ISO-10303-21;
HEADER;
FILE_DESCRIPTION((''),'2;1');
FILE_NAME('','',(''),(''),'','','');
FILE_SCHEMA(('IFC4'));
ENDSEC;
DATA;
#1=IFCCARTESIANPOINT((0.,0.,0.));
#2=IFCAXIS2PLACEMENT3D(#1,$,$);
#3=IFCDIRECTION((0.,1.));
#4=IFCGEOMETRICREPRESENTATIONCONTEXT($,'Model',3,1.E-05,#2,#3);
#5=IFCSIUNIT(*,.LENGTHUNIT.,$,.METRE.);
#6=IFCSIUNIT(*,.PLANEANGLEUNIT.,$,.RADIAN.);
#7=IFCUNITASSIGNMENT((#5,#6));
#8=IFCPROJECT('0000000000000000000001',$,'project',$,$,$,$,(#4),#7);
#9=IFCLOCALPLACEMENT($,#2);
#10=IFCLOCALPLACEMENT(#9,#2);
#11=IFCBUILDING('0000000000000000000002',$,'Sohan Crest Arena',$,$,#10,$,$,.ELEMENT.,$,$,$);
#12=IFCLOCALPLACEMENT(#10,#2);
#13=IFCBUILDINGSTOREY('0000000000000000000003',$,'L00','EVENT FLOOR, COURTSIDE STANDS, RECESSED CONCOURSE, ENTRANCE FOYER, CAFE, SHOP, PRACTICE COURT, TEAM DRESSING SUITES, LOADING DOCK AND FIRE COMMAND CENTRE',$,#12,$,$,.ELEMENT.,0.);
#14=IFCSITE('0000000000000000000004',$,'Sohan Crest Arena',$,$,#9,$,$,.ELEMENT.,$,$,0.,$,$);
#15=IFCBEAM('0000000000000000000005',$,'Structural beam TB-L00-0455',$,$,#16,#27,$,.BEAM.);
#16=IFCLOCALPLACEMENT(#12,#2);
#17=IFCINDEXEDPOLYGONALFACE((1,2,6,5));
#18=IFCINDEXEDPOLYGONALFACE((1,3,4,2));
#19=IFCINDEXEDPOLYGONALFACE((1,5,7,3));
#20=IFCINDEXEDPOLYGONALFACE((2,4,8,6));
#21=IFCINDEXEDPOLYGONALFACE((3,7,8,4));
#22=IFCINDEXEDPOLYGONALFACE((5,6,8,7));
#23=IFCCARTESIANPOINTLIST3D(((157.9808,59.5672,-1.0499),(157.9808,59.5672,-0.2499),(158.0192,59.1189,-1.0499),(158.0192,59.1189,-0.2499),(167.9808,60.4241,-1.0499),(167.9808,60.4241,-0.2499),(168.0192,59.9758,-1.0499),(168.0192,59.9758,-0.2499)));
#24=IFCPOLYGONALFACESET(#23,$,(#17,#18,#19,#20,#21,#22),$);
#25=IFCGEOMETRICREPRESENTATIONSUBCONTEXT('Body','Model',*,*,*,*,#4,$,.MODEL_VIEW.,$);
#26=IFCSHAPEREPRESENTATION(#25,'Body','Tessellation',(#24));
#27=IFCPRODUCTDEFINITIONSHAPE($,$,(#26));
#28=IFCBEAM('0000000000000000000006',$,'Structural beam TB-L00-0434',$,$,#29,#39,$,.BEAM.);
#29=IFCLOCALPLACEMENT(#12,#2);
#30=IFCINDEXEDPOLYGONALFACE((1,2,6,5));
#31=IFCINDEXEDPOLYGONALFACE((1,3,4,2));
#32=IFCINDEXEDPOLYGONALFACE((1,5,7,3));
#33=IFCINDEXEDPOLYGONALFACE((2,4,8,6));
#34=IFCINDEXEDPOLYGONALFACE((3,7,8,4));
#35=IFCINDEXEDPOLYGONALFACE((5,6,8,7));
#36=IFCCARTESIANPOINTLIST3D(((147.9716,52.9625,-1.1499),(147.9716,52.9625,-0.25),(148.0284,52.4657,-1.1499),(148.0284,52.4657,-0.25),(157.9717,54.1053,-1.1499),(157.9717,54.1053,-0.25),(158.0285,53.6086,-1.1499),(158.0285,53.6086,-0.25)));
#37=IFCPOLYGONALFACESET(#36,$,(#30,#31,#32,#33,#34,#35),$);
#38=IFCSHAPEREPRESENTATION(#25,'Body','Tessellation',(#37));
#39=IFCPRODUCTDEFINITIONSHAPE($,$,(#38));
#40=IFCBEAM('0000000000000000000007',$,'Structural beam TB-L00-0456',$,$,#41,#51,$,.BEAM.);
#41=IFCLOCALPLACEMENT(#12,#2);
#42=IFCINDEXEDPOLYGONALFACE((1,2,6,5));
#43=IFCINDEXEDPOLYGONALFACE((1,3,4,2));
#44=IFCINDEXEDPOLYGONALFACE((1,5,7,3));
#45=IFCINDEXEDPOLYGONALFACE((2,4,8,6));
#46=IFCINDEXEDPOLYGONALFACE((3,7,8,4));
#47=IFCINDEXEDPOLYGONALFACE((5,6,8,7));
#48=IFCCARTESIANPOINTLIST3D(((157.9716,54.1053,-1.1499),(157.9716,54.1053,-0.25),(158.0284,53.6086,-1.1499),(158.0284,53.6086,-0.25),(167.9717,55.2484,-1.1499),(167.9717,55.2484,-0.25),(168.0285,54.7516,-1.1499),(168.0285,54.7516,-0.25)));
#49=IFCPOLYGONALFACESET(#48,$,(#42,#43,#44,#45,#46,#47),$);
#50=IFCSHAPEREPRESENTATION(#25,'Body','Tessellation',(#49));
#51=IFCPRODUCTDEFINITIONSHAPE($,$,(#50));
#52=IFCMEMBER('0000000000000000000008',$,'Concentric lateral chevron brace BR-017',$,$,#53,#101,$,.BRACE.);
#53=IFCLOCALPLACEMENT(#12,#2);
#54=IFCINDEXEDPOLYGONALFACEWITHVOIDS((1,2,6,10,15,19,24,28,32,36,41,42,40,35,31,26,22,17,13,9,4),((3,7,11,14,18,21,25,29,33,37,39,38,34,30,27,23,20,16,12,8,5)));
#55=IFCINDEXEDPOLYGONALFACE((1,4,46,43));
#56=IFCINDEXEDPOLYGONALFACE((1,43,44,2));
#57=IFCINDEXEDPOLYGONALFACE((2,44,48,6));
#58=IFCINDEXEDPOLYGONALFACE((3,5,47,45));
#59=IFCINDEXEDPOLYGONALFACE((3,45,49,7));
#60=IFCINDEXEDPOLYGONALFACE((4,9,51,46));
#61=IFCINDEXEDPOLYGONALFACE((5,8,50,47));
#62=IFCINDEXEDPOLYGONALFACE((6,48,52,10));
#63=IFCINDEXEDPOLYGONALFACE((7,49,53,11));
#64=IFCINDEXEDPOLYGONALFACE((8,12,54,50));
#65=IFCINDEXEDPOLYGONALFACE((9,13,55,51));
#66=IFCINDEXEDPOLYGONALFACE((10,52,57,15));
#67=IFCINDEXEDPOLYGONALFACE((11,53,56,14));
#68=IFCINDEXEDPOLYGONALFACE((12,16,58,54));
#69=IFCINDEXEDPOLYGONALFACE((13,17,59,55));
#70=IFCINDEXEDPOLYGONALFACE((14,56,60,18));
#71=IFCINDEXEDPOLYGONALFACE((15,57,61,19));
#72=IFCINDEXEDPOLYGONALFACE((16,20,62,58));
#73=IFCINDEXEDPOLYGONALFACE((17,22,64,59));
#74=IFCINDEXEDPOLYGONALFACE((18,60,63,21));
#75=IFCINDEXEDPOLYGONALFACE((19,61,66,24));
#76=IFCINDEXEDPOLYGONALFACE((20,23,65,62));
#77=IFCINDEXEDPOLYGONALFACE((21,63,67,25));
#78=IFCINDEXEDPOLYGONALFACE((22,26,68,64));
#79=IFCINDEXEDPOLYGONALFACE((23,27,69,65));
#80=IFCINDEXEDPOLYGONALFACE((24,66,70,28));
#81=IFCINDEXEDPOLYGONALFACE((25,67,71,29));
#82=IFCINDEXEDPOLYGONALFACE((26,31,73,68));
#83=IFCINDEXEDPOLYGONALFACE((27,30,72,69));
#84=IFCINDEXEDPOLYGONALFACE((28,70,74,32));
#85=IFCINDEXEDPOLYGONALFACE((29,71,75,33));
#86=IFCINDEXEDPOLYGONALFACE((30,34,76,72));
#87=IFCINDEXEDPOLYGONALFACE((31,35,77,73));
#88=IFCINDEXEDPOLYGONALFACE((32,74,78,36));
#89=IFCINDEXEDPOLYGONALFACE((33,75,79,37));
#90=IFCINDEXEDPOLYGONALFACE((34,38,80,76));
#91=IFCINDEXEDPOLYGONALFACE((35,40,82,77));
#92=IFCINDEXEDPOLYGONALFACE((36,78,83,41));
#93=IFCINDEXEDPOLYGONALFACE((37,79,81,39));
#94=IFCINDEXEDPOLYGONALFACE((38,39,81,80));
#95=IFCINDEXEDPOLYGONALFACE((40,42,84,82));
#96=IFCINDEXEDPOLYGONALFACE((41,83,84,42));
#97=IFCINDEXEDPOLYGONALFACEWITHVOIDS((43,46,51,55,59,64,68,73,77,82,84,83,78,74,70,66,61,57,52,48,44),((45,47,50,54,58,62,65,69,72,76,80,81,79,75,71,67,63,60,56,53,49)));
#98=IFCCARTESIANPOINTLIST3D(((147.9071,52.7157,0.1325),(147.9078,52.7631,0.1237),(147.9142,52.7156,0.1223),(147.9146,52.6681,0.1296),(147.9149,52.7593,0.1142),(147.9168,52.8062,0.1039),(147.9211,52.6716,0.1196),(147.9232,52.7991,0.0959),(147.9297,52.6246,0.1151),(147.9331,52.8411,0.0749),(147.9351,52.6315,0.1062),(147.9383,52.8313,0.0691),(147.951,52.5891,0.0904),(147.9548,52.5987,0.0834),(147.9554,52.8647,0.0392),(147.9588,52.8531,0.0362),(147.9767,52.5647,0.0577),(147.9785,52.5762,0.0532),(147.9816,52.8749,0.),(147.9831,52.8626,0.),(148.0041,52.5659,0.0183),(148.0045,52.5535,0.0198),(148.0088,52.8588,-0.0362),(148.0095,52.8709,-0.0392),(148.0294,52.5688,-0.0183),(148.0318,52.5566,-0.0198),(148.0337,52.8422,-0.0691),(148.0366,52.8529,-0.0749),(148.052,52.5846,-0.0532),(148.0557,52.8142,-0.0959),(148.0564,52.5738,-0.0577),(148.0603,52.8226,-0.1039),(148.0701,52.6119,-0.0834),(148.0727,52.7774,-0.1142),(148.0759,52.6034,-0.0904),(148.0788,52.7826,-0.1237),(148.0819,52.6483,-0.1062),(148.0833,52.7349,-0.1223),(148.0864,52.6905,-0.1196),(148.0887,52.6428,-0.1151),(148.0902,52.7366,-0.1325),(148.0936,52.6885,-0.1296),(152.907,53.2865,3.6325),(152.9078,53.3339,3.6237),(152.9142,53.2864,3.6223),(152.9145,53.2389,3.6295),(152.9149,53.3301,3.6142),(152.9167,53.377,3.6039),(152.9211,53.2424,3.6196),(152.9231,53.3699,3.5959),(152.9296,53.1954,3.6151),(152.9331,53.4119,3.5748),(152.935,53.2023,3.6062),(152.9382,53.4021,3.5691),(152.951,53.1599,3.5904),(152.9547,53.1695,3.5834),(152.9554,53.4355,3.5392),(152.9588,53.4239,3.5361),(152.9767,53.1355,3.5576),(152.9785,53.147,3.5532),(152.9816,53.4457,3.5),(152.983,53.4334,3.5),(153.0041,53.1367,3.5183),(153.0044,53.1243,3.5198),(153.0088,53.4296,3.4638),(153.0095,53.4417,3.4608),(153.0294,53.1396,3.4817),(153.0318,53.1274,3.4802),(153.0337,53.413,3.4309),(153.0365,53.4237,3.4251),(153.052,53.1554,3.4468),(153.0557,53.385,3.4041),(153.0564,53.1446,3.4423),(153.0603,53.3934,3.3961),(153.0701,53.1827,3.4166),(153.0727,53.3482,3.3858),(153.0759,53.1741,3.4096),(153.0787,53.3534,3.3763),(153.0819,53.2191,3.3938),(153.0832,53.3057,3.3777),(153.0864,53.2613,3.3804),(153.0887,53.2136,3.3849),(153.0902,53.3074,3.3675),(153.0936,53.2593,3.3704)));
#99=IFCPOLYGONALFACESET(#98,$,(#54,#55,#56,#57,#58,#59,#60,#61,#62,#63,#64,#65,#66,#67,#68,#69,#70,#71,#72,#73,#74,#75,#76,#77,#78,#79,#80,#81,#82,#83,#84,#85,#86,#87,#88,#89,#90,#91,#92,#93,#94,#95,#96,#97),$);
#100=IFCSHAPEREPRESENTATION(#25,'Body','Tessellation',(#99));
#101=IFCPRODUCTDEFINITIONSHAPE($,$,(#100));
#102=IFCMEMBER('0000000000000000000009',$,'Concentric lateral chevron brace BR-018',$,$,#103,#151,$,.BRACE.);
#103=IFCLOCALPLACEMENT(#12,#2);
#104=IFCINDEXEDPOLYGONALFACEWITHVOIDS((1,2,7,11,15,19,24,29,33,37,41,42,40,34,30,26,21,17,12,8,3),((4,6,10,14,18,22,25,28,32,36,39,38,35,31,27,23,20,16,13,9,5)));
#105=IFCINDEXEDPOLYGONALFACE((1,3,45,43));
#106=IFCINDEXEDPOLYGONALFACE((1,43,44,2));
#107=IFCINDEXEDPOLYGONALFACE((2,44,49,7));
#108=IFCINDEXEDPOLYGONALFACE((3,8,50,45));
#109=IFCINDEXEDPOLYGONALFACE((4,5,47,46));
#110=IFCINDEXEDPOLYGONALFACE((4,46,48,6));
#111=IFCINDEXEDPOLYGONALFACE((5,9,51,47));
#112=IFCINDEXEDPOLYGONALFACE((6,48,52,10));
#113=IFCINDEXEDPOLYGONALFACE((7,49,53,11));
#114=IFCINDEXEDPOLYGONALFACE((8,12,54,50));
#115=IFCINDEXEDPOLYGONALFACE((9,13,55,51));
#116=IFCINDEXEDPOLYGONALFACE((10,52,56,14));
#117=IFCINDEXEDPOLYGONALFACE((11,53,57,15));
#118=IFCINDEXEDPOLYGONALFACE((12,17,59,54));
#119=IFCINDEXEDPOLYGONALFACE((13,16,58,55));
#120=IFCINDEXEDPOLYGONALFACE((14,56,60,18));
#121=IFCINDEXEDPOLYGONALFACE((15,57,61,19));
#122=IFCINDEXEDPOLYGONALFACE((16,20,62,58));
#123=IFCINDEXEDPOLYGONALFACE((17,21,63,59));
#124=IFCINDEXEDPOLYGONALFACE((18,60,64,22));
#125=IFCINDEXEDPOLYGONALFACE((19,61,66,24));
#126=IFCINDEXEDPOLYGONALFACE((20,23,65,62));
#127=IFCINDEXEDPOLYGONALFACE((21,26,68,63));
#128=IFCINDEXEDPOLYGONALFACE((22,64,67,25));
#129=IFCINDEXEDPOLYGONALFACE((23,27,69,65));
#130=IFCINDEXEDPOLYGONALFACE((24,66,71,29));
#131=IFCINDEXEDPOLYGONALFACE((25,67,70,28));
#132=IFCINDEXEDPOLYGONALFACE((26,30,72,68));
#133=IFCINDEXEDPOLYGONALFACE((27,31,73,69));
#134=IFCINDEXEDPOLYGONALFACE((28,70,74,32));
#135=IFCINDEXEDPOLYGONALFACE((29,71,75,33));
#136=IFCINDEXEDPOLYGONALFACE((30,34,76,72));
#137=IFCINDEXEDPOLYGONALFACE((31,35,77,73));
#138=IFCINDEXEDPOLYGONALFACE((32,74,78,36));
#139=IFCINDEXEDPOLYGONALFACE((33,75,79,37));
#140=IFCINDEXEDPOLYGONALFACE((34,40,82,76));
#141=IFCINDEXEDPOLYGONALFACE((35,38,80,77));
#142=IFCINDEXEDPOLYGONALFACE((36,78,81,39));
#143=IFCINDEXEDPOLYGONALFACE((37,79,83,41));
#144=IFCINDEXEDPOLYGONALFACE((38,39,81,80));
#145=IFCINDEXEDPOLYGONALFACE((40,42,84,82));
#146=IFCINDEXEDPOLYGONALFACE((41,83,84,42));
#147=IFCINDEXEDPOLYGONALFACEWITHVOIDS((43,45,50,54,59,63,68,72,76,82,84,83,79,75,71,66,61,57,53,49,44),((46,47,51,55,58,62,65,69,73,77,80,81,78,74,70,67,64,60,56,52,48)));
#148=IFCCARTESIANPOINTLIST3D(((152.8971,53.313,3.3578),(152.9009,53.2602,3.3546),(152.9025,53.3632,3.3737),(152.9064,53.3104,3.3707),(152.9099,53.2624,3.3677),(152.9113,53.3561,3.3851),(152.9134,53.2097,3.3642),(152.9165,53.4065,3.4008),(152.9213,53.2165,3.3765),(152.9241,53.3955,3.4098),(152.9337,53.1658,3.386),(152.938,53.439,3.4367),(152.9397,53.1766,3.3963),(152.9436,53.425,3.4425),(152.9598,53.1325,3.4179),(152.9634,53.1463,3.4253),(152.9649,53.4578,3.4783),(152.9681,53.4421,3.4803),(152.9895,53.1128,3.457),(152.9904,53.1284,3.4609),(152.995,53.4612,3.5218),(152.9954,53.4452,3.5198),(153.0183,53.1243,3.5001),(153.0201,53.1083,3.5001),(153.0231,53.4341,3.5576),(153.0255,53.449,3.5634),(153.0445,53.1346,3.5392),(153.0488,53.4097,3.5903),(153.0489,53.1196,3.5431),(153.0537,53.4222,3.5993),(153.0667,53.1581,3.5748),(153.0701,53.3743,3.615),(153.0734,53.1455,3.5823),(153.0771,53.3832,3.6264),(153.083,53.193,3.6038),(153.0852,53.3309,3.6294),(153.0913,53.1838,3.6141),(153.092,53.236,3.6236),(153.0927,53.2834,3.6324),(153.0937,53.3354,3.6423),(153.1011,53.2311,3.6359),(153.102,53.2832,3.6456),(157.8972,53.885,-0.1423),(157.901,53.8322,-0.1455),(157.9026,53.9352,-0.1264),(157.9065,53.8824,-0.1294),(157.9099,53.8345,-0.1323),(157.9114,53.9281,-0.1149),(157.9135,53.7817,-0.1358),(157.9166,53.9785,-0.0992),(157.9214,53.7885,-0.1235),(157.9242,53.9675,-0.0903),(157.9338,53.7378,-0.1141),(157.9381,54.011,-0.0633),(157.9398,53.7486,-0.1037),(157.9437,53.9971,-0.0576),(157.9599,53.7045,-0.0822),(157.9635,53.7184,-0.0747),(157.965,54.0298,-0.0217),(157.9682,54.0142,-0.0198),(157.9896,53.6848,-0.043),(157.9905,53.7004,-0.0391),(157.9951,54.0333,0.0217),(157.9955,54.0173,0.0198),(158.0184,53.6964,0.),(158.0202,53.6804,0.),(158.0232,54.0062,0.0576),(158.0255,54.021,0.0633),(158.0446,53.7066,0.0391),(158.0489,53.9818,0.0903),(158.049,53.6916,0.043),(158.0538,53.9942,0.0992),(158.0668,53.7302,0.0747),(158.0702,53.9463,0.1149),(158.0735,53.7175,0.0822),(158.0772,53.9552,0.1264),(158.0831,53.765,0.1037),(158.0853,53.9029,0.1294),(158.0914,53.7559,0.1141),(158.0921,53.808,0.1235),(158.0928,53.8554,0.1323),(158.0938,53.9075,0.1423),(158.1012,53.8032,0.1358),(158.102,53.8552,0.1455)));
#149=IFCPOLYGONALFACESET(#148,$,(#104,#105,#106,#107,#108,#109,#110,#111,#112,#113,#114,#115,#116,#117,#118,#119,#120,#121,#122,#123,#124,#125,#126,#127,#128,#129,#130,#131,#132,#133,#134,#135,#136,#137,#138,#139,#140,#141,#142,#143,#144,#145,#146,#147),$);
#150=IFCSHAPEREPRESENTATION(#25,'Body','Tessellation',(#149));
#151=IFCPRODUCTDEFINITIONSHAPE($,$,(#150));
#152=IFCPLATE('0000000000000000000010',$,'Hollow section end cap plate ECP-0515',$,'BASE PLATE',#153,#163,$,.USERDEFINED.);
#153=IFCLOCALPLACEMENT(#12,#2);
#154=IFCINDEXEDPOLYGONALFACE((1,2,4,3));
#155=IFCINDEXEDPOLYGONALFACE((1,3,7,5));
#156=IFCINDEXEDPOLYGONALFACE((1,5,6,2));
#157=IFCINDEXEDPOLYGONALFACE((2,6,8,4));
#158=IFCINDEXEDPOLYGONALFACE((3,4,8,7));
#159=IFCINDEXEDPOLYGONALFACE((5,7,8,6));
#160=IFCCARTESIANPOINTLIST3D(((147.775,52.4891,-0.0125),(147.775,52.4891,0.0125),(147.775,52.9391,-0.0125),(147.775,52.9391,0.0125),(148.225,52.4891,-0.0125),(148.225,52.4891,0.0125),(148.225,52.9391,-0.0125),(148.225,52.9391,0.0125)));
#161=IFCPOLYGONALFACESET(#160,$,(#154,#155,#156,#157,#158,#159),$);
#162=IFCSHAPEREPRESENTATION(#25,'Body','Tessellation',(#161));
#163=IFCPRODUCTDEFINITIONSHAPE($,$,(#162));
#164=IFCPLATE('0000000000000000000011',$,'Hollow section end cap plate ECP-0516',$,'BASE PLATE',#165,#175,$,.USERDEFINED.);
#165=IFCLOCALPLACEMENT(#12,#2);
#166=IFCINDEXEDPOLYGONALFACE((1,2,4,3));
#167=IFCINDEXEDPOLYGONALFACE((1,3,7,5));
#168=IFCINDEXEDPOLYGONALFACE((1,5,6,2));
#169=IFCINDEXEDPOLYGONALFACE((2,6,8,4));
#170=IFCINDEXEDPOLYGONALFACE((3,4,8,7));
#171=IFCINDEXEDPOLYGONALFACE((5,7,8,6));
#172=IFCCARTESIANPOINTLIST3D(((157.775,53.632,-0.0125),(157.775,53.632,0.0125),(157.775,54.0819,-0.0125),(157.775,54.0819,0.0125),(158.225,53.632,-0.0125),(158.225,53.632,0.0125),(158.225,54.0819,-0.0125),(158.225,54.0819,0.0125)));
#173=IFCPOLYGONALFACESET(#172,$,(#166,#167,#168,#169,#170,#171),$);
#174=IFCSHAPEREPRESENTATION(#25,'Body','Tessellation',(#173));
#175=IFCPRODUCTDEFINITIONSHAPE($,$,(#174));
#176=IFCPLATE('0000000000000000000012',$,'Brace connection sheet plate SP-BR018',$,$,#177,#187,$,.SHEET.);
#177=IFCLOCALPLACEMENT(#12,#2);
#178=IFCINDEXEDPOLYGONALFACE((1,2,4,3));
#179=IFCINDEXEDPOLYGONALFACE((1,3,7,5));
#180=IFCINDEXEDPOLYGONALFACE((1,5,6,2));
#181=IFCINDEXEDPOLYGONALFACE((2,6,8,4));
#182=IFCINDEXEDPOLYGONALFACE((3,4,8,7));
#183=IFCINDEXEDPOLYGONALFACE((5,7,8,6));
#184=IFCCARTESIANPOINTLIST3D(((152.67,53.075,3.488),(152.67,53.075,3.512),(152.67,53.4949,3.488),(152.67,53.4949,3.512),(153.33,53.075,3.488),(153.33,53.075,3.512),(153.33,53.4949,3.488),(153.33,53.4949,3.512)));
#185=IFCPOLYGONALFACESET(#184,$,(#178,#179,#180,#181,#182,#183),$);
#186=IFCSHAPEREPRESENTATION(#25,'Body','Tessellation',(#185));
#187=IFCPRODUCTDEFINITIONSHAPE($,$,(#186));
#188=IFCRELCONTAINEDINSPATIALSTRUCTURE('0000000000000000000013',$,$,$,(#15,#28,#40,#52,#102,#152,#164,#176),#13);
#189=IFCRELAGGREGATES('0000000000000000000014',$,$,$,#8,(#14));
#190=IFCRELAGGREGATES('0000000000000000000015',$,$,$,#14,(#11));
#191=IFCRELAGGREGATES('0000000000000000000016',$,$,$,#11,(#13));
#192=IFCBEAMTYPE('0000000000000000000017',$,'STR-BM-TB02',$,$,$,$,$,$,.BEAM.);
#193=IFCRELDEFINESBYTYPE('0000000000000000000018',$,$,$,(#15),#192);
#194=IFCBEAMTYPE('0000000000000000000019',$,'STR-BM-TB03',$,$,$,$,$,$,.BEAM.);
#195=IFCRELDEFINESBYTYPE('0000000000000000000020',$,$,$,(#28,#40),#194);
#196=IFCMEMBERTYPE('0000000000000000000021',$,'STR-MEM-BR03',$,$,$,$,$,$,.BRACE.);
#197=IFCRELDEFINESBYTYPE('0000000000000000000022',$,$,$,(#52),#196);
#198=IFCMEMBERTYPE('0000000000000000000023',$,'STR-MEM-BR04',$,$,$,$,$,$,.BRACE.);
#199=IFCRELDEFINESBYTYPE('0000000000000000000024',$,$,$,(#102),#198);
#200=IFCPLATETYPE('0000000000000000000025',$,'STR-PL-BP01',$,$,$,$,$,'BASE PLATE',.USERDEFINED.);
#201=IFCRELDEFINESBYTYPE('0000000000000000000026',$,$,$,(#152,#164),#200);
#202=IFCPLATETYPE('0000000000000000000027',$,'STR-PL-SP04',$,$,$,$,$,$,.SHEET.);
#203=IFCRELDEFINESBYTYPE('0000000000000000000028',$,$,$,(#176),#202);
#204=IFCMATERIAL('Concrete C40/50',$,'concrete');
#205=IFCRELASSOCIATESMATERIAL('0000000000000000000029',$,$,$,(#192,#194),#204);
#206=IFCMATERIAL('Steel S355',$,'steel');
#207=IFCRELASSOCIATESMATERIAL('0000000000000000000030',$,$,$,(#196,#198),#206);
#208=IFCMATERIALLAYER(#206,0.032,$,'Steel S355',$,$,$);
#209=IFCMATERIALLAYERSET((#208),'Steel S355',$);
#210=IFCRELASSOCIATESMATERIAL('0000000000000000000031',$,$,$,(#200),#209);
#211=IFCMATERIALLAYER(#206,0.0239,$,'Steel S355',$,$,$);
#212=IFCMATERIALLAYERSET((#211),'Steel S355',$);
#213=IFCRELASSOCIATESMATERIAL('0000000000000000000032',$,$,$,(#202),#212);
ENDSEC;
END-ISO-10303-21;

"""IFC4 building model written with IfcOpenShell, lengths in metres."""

from ifc_helpers import new_model, si_unit, direction, frame, origin, origin_2d, place, context, subcontext, project, spatial, rectangle, hollow_circle, extrude, material, layer, layer_set, material_profile, profile_set, type_object, element, save


model = new_model("IFC4")

# Units and contexts
model_context = context("Model", 3, precision=1e-05, world=origin(), true_north=direction((0.0, 1.0)))
body_context = subcontext(model_context, "Body", "Model", "MODEL_VIEW")
ifc_project = project(units=[si_unit("LENGTHUNIT", "METRE"), si_unit("PLANEANGLEUNIT", "RADIAN")], contexts=[model_context])

# Site, building, storey
site_placement = place(None, origin())
site = spatial("IfcSite", under=ifc_project, at=site_placement, Name="Sohan Crest Arena", CompositionType="ELEMENT", RefElevation=0.0)
building_placement = place(site_placement, origin())
building = spatial("IfcBuilding", under=site, at=building_placement, Name="Sohan Crest Arena", CompositionType="ELEMENT")
storey_placement = place(building_placement, origin())
storey = spatial("IfcBuildingStorey", under=building, at=storey_placement, Name="L00", Description="EVENT FLOOR, COURTSIDE STANDS, RECESSED CONCOURSE, ENTRANCE FOYER, CAFE, SHOP, PRACTICE COURT, TEAM DRESSING SUITES, LOADING DOCK AND FIRE COMMAND CENTRE", CompositionType="ELEMENT", Elevation=0.0)

# Shared definitions
ifc_material_1 = material(Name="Concrete C40/50", Category="concrete")
ifc_material_2 = material(Name="Steel S355", Category="steel")

# Beams
ifc_material_profile_1 = material_profile(ifc_material_1, rectangle(XDim=0.45, YDim=0.8, at=origin_2d()), Name="RC-BM 450x800")
ifc_profile_set_1 = profile_set([ifc_material_profile_1], Name="Concrete C40/50")
beam_type_1 = type_object("IfcBeamType", Name="STR-BM-TB02", PredefinedType="BEAM", material=ifc_profile_set_1)
beam_1_placement = place(storey_placement, frame((158.0, 59.343, -0.6499), z_axis=(0.996348, 0.08538, 0.0), x_axis=(-0.08538, 0.996348, 0.0)))
element("IfcBeam", 1, at=beam_1_placement, inside=storey, type_object=beam_type_1, Name="Structural beam TB-L00-0455", PredefinedType="BEAM", context=body_context, shape_type="SweptSolid", body=[
    extrude(rectangle(XDim=0.45, YDim=0.8, at=origin_2d()), origin(), (0.0, 0.0, 1.0), 10.0366),
])
ifc_material_profile_2 = material_profile(ifc_material_1, rectangle(XDim=0.5, YDim=0.8999, at=origin_2d()), Name="RC-BM 500x900")
ifc_profile_set_2 = profile_set([ifc_material_profile_2], Name="Concrete C40/50")
beam_type_2 = type_object("IfcBeamType", Name="STR-BM-TB03", PredefinedType="BEAM", material=ifc_profile_set_2)
for number, where, z_axis, x_axis, name in (
    (2, (148.0, 52.7141, -0.7), (0.993533, 0.113543, 0.0), (-0.113543, 0.993533, 0.0), "Structural beam TB-L00-0434"),
    (3, (158.0, 53.8569, -0.7), (0.99353, 0.113567, 0.0), (-0.113567, 0.99353, 0.0), "Structural beam TB-L00-0456"),
):
    element("IfcBeam", number, at=place(storey_placement, frame(where, z_axis=z_axis, x_axis=x_axis)), inside=storey, type_object=beam_type_2, Name=name, PredefinedType="BEAM", context=body_context, shape_type="SweptSolid", body=[
        extrude(rectangle(XDim=0.5, YDim=0.8999, at=origin_2d()), origin(), (0.0, 0.0, 1.0), 10.0652),
    ])

# Members
ifc_material_profile_3 = material_profile(ifc_material_2, hollow_circle(Radius=0.1619, WallThickness=0.0125, at=origin_2d()), Name="CHS 323.9x12.5")
ifc_profile_set_3 = profile_set([ifc_material_profile_3], Name="Steel S355")
member_type_1 = type_object("IfcMemberType", Name="STR-MEM-BR03", PredefinedType="BRACE", material=ifc_profile_set_3)
member_1_placement = place(storey_placement, frame((148.0, 52.7141, 0.0), z_axis=(0.815672, 0.093117, 0.570971), x_axis=(-0.113423, 0.993547, 0.0)))
element("IfcMember", 4, at=member_1_placement, inside=storey, type_object=member_type_1, Name="Concentric lateral chevron brace BR-017", PredefinedType="BRACE", context=body_context, shape_type="SweptSolid", body=[
    extrude(hollow_circle(Radius=0.1619, WallThickness=0.0125, at=origin_2d()), origin(), (0.0, 0.0, 1.0), 6.1299),
])
ifc_material_profile_4 = material_profile(ifc_material_2, hollow_circle(Radius=0.1777, WallThickness=0.0161, at=origin_2d()), Name="CHS 355.6x16")
ifc_profile_set_4 = profile_set([ifc_material_profile_4], Name="Steel S355")
member_type_2 = type_object("IfcMemberType", Name="STR-MEM-BR04", PredefinedType="BRACE", material=ifc_profile_set_4)
member_2_placement = place(storey_placement, frame((158.0, 53.8569, 0.0), z_axis=(-0.815657, -0.093315, 0.57096), x_axis=(0.113663, -0.993519, 0.0)))
element("IfcMember", 5, at=member_2_placement, inside=storey, type_object=member_type_2, Name="Concentric lateral chevron brace BR-018", PredefinedType="BRACE", context=body_context, shape_type="SweptSolid", body=[
    extrude(hollow_circle(Radius=0.1777, WallThickness=0.0161, at=origin_2d()), origin(), (0.0, 0.0, 1.0), 6.1301),
])

# Plates
ifc_layer_1 = layer(ifc_material_2, 0.032, Name="Steel S355")
ifc_layer_set_1 = layer_set([ifc_layer_1], Name="Steel S355")
plate_type_1 = type_object("IfcPlateType", Name="STR-PL-BP01", ElementType="BASE PLATE", PredefinedType="USERDEFINED", material=ifc_layer_set_1)
for number, where, z_axis, x_axis, name in (
    (6, (148.0, 52.7141, -0.0125), (0.0, 0.0, 1.0), (1.0, 0.0, 0.0), "Hollow section end cap plate ECP-0515"),
    (7, (158.0, 53.8569, -0.0125), (0.0, 0.0, 1.0), (1.0, 0.0, 0.0), "Hollow section end cap plate ECP-0516"),
):
    element("IfcPlate", number, at=place(storey_placement, frame(where, z_axis=z_axis, x_axis=x_axis)), inside=storey, type_object=plate_type_1, Name=name, ObjectType="BASE PLATE", PredefinedType="USERDEFINED", context=body_context, shape_type="SweptSolid", body=[
        extrude(rectangle(XDim=0.45, YDim=0.45, at=origin_2d()), origin(), (0.0, 0.0, 1.0), 0.0249),
    ])
ifc_layer_2 = layer(ifc_material_2, 0.0239, Name="Steel S355")
ifc_layer_set_2 = layer_set([ifc_layer_2], Name="Steel S355")
plate_type_2 = type_object("IfcPlateType", Name="STR-PL-SP04", PredefinedType="SHEET", material=ifc_layer_set_2)
plate_placement = place(storey_placement, frame((153.0, 53.2849, 3.488), z_axis=(0.0, 0.0, 1.0), x_axis=(1.0, 0.0, 0.0)))
element("IfcPlate", 8, at=plate_placement, inside=storey, type_object=plate_type_2, Name="Brace connection sheet plate SP-BR018", PredefinedType="SHEET", context=body_context, shape_type="SweptSolid", body=[
    extrude(rectangle(XDim=0.6599, YDim=0.4199, at=origin_2d()), origin(), (0.0, 0.0, 1.0), 0.0239),
])

save(model, "model.ifc")
